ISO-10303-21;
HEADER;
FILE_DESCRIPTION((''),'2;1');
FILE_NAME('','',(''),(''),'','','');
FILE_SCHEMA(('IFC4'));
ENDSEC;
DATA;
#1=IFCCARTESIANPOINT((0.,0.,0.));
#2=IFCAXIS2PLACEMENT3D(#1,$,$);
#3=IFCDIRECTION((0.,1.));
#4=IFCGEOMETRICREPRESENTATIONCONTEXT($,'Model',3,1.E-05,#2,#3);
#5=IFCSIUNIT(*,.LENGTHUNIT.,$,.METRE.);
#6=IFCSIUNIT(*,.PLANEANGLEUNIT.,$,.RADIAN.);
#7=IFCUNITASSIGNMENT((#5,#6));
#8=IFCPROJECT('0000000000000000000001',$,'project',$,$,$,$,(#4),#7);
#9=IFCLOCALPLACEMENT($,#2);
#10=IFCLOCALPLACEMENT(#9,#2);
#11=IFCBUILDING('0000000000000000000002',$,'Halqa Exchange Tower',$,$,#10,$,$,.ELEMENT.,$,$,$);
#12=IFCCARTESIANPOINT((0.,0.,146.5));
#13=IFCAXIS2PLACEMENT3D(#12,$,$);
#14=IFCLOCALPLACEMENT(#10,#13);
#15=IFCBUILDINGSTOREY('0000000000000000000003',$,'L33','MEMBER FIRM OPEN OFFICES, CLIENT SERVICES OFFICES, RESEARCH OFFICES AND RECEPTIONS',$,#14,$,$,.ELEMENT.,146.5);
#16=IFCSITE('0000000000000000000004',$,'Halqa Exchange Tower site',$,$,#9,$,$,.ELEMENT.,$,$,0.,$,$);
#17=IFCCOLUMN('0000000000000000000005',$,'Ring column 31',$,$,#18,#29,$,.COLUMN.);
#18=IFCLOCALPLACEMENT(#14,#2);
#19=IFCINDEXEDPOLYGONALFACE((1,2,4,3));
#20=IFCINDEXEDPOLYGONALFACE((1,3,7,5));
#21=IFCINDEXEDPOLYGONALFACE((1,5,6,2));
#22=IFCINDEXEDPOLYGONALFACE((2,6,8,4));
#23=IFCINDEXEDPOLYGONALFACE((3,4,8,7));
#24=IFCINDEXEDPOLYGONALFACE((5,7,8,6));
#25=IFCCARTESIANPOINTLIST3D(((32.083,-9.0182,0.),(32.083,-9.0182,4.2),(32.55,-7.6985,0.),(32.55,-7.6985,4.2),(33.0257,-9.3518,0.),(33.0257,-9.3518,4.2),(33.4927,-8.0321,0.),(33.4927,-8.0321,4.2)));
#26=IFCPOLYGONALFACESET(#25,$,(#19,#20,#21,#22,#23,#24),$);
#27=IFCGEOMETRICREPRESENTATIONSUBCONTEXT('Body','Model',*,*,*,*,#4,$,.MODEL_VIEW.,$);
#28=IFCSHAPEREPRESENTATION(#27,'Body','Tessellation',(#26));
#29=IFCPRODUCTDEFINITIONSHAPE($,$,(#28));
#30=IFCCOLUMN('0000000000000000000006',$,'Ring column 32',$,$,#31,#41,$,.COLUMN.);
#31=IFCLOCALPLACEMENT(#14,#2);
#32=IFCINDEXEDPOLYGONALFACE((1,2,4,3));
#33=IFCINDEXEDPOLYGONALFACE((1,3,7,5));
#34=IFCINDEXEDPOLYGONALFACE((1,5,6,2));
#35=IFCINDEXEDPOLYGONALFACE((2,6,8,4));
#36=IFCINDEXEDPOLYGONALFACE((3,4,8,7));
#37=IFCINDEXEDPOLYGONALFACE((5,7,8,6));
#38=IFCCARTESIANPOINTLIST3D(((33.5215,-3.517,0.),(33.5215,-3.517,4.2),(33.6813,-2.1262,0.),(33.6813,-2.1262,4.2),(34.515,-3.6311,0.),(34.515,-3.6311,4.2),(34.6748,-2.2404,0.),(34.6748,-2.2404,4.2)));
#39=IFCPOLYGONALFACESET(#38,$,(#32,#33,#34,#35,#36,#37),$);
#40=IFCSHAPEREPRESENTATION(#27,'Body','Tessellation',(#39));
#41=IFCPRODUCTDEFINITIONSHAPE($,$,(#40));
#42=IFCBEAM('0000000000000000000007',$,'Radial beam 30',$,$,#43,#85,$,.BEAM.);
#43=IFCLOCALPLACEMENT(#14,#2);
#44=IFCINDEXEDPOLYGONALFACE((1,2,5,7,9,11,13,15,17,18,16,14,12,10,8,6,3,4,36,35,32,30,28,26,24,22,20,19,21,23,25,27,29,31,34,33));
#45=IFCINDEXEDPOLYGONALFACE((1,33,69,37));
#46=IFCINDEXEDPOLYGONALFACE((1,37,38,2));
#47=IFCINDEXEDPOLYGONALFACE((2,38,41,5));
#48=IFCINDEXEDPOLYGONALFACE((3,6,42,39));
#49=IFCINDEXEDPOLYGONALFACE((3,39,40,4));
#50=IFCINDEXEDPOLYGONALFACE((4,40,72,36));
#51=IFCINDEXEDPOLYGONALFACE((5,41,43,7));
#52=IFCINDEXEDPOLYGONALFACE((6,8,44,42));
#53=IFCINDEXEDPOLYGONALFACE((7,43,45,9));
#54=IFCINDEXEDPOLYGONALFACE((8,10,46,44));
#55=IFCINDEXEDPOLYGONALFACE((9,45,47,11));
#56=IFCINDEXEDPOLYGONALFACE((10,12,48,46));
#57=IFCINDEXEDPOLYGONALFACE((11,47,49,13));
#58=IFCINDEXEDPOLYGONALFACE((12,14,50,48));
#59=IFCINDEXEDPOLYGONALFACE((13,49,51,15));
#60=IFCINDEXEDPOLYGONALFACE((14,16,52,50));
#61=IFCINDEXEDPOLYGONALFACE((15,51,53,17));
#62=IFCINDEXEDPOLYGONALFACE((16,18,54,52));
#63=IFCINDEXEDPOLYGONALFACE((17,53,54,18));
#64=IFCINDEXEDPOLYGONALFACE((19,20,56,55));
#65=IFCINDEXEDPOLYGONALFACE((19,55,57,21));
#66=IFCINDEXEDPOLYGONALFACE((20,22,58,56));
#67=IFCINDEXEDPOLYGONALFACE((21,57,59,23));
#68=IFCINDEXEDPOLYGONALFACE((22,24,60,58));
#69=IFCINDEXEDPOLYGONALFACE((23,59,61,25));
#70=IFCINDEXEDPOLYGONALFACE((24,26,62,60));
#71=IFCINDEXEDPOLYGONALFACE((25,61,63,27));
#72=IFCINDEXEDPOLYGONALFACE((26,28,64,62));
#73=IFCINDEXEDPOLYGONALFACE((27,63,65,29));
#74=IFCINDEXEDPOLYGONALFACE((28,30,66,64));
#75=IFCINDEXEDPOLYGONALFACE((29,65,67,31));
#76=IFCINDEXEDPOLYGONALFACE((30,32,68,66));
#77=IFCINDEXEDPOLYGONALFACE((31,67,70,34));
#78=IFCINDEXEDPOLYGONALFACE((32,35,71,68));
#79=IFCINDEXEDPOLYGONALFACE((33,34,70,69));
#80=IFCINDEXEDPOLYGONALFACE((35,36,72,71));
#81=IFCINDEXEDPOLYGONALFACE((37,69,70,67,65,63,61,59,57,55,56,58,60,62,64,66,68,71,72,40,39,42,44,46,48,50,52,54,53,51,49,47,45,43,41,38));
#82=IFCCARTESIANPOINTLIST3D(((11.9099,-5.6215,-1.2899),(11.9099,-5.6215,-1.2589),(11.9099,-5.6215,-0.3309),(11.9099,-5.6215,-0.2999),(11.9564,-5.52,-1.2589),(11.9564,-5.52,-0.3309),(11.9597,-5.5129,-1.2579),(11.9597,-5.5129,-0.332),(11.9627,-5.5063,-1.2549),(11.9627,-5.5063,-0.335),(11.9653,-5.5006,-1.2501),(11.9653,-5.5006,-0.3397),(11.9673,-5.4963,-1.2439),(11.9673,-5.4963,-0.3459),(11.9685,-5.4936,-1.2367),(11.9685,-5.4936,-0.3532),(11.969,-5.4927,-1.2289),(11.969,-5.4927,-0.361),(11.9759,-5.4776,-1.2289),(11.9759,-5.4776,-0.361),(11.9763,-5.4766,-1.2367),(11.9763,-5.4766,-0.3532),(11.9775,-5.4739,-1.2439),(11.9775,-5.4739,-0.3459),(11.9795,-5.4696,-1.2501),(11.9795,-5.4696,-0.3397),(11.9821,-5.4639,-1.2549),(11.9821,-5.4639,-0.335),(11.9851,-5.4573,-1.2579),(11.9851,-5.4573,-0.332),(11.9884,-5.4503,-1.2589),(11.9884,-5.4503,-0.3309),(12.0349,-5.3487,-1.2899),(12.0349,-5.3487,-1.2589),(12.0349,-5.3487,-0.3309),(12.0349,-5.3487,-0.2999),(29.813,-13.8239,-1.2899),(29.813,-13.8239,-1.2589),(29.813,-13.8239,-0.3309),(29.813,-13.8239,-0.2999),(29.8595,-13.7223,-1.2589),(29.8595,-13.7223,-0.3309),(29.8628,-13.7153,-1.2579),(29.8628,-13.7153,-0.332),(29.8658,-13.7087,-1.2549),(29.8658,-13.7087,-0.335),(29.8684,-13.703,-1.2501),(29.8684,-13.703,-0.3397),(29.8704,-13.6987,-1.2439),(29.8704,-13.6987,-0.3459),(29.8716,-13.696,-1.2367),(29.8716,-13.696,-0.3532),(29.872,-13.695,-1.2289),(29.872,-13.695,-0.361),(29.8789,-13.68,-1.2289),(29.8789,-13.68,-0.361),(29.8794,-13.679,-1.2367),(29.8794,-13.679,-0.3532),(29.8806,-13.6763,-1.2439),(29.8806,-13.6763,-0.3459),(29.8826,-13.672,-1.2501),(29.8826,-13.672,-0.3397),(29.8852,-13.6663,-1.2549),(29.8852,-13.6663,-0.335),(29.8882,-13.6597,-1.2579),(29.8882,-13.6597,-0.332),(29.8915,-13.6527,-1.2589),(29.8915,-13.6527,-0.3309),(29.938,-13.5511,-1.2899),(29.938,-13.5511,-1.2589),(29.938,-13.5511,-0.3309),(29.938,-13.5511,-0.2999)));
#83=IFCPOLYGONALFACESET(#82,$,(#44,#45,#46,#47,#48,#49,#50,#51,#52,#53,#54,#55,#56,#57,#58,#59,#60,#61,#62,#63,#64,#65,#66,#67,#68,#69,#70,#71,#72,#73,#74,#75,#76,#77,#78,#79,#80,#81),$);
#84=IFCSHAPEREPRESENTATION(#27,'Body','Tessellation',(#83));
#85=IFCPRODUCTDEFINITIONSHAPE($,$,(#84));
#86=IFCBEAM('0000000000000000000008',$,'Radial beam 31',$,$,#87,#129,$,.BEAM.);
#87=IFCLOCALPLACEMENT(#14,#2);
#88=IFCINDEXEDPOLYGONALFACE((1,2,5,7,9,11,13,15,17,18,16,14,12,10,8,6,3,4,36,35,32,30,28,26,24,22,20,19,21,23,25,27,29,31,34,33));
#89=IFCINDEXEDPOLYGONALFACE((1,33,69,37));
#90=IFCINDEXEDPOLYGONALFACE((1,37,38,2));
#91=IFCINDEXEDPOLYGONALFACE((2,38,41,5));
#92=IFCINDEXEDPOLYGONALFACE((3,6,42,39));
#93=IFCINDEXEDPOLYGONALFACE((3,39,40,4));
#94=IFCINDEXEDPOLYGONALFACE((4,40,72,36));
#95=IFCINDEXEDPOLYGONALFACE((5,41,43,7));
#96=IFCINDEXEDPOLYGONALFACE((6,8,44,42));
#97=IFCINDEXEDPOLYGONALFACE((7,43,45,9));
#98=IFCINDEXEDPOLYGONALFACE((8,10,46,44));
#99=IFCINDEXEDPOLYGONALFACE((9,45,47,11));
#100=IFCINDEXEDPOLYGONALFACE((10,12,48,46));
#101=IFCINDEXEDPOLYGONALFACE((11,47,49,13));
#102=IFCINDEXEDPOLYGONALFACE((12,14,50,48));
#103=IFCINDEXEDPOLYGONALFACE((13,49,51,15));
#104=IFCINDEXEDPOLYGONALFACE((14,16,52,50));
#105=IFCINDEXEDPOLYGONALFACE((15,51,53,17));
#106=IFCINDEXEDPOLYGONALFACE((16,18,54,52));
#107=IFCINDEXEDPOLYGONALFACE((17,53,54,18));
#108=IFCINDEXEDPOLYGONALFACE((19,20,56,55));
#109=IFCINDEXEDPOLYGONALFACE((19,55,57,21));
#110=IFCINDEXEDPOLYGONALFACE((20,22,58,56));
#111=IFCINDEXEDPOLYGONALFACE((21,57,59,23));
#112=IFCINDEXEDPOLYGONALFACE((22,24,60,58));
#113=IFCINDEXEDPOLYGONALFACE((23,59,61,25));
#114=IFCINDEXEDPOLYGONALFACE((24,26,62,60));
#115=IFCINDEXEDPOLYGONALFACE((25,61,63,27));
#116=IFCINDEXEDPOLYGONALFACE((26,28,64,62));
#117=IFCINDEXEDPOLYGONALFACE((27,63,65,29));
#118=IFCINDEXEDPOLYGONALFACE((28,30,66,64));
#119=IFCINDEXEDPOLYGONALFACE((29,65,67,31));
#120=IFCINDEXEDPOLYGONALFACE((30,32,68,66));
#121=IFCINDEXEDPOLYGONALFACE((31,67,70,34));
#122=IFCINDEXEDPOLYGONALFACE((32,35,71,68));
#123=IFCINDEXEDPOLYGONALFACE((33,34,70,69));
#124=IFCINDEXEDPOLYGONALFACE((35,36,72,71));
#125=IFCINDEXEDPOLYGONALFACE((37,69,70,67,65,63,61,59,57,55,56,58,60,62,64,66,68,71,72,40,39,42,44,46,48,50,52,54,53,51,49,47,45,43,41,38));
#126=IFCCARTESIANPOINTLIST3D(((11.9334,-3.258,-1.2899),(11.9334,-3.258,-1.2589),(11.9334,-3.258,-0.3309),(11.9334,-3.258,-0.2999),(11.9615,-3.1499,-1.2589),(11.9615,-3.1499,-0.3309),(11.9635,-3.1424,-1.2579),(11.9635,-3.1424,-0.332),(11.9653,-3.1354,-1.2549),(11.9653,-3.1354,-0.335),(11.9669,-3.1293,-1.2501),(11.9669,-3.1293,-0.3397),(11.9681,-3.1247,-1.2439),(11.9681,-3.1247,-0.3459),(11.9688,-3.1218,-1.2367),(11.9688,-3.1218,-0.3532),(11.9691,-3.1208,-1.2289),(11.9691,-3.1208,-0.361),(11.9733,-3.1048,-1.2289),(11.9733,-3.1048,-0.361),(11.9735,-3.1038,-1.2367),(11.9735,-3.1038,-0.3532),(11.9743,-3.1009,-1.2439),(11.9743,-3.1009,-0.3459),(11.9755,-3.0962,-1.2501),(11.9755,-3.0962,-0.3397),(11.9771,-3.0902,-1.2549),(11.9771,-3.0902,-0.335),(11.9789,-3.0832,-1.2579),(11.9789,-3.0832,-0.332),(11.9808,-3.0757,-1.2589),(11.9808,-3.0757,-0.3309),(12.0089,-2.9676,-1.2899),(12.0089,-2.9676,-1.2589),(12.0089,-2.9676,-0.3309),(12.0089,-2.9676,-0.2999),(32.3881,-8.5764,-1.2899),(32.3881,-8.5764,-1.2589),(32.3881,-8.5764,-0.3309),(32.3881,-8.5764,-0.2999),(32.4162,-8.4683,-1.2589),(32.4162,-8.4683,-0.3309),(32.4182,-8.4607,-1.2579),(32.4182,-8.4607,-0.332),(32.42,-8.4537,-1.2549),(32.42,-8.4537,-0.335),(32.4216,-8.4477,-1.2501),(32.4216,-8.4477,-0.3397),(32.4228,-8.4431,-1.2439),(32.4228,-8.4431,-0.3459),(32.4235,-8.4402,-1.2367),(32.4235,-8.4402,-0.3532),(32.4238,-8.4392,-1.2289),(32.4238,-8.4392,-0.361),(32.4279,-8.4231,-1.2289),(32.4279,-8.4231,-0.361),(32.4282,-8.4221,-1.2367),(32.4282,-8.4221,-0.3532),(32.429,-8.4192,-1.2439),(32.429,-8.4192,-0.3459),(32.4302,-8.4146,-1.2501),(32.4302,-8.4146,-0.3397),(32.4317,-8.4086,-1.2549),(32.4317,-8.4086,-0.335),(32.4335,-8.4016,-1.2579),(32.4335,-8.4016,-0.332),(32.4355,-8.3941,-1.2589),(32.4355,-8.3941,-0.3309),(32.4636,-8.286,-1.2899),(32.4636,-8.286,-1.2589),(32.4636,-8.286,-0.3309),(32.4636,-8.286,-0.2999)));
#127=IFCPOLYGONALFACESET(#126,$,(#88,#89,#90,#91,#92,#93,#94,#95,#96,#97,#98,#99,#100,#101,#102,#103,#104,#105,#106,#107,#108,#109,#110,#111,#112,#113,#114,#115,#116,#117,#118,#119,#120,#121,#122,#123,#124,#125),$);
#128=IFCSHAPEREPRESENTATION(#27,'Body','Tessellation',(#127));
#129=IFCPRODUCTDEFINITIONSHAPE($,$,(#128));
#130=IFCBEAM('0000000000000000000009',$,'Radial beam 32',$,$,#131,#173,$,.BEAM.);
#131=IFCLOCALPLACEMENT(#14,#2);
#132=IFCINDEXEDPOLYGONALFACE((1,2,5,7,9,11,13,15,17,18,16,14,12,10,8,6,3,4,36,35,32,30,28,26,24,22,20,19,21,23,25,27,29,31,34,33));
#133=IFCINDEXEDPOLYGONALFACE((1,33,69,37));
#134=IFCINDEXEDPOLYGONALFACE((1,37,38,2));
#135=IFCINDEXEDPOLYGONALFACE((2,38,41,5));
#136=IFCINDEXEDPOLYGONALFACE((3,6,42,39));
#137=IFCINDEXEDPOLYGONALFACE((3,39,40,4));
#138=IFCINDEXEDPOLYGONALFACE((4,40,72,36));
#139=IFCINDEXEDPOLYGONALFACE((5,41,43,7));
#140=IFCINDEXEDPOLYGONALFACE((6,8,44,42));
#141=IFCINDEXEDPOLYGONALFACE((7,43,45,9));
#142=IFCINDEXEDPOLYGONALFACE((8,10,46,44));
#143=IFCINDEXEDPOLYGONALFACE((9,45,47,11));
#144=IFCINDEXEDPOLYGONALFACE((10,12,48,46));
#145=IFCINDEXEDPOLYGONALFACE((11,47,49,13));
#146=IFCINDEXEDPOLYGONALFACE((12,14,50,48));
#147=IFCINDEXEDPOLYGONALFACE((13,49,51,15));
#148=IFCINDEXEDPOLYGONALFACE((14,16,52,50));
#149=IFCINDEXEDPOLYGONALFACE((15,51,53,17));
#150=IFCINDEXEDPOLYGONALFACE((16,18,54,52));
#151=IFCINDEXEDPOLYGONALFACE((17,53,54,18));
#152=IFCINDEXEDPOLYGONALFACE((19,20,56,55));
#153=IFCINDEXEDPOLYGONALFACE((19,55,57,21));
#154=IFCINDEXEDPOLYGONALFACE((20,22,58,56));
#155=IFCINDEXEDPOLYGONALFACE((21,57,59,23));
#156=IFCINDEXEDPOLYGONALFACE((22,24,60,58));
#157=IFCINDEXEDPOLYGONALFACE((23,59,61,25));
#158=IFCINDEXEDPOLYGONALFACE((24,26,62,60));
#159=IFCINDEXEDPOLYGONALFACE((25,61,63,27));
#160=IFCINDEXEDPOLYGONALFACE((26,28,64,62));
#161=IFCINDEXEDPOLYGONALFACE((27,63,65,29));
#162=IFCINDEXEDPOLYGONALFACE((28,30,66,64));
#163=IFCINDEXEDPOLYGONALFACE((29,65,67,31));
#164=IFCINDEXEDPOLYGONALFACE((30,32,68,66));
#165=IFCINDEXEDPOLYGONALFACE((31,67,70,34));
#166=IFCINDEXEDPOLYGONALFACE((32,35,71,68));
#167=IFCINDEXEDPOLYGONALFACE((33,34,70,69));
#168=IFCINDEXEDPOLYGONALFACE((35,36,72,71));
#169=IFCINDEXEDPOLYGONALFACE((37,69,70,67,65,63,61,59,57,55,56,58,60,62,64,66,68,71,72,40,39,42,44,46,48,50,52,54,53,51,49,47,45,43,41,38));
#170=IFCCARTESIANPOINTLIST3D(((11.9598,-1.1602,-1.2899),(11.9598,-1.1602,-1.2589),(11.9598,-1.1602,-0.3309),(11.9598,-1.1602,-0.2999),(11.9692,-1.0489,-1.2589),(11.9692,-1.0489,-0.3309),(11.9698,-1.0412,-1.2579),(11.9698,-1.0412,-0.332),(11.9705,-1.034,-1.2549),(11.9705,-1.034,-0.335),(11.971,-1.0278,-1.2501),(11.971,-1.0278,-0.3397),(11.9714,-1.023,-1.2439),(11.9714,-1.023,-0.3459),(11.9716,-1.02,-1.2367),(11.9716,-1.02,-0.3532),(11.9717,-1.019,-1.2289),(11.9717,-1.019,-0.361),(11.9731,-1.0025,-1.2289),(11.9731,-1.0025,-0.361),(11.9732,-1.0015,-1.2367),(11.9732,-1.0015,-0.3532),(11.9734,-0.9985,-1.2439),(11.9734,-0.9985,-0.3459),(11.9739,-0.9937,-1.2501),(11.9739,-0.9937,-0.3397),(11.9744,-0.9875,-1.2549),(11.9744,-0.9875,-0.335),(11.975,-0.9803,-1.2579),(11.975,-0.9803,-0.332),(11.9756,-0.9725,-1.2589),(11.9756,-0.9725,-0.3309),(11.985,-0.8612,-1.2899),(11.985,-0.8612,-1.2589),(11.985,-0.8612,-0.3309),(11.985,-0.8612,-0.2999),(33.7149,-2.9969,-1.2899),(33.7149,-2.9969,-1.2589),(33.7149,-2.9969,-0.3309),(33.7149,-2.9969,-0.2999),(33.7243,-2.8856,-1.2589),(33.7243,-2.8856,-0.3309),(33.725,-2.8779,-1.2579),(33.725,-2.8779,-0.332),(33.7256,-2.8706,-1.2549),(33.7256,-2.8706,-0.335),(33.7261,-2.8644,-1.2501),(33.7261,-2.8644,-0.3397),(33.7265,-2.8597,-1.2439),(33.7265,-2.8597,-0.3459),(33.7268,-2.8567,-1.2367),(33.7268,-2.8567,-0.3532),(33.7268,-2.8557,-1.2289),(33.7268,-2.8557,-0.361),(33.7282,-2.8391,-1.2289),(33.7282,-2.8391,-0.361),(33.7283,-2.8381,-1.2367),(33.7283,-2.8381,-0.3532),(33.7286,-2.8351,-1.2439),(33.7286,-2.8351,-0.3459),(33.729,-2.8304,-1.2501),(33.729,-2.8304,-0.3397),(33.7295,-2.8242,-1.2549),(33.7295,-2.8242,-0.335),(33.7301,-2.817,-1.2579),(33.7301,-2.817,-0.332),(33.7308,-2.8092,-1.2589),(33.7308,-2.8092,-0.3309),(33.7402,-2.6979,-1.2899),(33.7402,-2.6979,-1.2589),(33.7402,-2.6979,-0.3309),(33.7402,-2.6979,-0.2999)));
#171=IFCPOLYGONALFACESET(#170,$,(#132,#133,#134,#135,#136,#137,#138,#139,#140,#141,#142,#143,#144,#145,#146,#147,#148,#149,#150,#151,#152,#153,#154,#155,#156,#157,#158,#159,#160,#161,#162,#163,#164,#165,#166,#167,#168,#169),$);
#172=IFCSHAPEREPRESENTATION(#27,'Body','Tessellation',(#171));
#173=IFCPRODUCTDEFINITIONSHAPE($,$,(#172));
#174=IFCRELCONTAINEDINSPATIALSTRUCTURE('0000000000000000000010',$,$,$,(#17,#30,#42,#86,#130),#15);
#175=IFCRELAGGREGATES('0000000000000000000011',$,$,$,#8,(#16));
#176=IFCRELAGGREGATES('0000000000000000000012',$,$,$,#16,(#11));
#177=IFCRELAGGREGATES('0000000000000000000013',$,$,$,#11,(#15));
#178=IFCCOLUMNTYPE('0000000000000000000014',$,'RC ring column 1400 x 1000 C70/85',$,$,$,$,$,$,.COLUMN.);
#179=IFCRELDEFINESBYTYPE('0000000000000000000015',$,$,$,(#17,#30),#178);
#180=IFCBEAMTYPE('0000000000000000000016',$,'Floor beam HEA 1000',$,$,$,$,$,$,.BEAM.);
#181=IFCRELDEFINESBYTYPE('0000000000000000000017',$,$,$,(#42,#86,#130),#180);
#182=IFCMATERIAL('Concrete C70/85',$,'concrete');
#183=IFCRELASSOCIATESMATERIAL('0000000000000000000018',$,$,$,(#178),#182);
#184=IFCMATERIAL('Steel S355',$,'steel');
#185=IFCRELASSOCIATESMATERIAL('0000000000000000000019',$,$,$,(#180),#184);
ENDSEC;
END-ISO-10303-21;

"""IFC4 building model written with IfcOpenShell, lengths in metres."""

from ifc_helpers import new_model, si_unit, direction, frame, origin, origin_2d, place, context, subcontext, project, spatial, rectangle, i_section, extrude, material, material_profile, profile_set, type_object, element, save


model = new_model("IFC4")

# Units and contexts
model_context = context("Model", 3, precision=1e-05, world=origin(), true_north=direction((0.0, 1.0)))
body_context = subcontext(model_context, "Body", "Model", "MODEL_VIEW")
ifc_project = project(units=[si_unit("LENGTHUNIT", "METRE"), si_unit("PLANEANGLEUNIT", "RADIAN")], contexts=[model_context])

# Site, building, storey
site_placement = place(None, origin())
site = spatial("IfcSite", under=ifc_project, at=site_placement, Name="Halqa Exchange Tower site", CompositionType="ELEMENT", RefElevation=0.0)
building_placement = place(site_placement, origin())
building = spatial("IfcBuilding", under=site, at=building_placement, Name="Halqa Exchange Tower", CompositionType="ELEMENT")
storey_placement = place(building_placement, frame((0.0, 0.0, 146.5)))
storey = spatial("IfcBuildingStorey", under=building, at=storey_placement, Name="L33", Description="MEMBER FIRM OPEN OFFICES, CLIENT SERVICES OFFICES, RESEARCH OFFICES AND RECEPTIONS", CompositionType="ELEMENT", Elevation=146.5)

# Columns
ifc_material_1 = material(Name="Concrete C70/85", Category="concrete")
ifc_material_profile_1 = material_profile(ifc_material_1, rectangle(XDim=1.3999, YDim=1.0, at=origin_2d()), Name="1400 x 1000")
ifc_profile_set_1 = profile_set([ifc_material_profile_1], Name="Concrete C70/85")
column_type = type_object("IfcColumnType", Name="RC ring column 1400 x 1000 C70/85", PredefinedType="COLUMN", material=ifc_profile_set_1)
for number, where, z_axis, x_axis, name in (
    (1, (32.7878, -8.5251, 0.0), (0.0, 0.0, 1.0), (0.333629, 0.942704, 0.0), "Ring column 31"),
    (2, (34.0981, -2.8787, 0.0), (0.0, 0.0, 1.0), (0.114159, 0.993463, 0.0), "Ring column 32"),
):
    element("IfcColumn", number, at=place(storey_placement, frame(where, z_axis=z_axis, x_axis=x_axis)), inside=storey, type_object=column_type, Name=name, PredefinedType="COLUMN", context=body_context, shape_type="SweptSolid", body=[
        extrude(rectangle(XDim=1.3999, YDim=1.0, at=origin_2d()), origin(), (0.0, 0.0, 1.0), 4.2),
    ])

# Beams
ifc_material_2 = material(Name="Steel S355", Category="steel")
ifc_material_profile_2 = material_profile(ifc_material_2, i_section(OverallWidth=0.3, OverallDepth=0.99, WebThickness=0.0166, FlangeThickness=0.031, FilletRadius=0.03, at=origin_2d()), Name="HEA 1000")
ifc_profile_set_2 = profile_set([ifc_material_profile_2], Name="Steel S355")
beam_type_1 = type_object("IfcBeamType", Name="Floor beam HEA 1000", PredefinedType="BEAM", material=ifc_profile_set_2)
beam_1_placement = place(storey_placement, frame((11.9724, -5.4851, -0.7949), z_axis=(0.909126, -0.416521, 0.0), x_axis=(0.416521, 0.909126, 0.0)))
element("IfcBeam", 3, at=beam_1_placement, inside=storey, type_object=beam_type_1, Name="Radial beam 30", PredefinedType="BEAM", context=body_context, shape_type="SweptSolid", body=[
    extrude(i_section(OverallWidth=0.3, OverallDepth=0.99, WebThickness=0.0166, FlangeThickness=0.031, FilletRadius=0.03, at=origin_2d()), origin(), (0.0, 0.0, 1.0), 19.6926),
])
beam_2_placement = place(storey_placement, frame((11.9712, -3.1128, -0.7949), z_axis=(0.967821, -0.251641, 0.0), x_axis=(0.251641, 0.967821, 0.0)))
element("IfcBeam", 4, at=beam_2_placement, inside=storey, type_object=beam_type_1, Name="Radial beam 31", PredefinedType="BEAM", context=body_context, shape_type="SweptSolid", body=[
    extrude(i_section(OverallWidth=0.3, OverallDepth=0.99, WebThickness=0.0166, FlangeThickness=0.031, FilletRadius=0.03, at=origin_2d()), origin(), (0.0, 0.0, 1.0), 21.1348),
])
beam_3_placement = place(storey_placement, frame((11.9724, -1.0107, -0.7949), z_axis=(0.996455, -0.084125, 0.0), x_axis=(0.084125, 0.996455, 0.0)))
element("IfcBeam", 5, at=beam_3_placement, inside=storey, type_object=beam_type_1, Name="Radial beam 32", PredefinedType="BEAM", context=body_context, shape_type="SweptSolid", body=[
    extrude(i_section(OverallWidth=0.3, OverallDepth=0.99, WebThickness=0.0166, FlangeThickness=0.031, FilletRadius=0.03, at=origin_2d()), origin(), (0.0, 0.0, 1.0), 21.8325),
])

save(model, "model.ifc")
